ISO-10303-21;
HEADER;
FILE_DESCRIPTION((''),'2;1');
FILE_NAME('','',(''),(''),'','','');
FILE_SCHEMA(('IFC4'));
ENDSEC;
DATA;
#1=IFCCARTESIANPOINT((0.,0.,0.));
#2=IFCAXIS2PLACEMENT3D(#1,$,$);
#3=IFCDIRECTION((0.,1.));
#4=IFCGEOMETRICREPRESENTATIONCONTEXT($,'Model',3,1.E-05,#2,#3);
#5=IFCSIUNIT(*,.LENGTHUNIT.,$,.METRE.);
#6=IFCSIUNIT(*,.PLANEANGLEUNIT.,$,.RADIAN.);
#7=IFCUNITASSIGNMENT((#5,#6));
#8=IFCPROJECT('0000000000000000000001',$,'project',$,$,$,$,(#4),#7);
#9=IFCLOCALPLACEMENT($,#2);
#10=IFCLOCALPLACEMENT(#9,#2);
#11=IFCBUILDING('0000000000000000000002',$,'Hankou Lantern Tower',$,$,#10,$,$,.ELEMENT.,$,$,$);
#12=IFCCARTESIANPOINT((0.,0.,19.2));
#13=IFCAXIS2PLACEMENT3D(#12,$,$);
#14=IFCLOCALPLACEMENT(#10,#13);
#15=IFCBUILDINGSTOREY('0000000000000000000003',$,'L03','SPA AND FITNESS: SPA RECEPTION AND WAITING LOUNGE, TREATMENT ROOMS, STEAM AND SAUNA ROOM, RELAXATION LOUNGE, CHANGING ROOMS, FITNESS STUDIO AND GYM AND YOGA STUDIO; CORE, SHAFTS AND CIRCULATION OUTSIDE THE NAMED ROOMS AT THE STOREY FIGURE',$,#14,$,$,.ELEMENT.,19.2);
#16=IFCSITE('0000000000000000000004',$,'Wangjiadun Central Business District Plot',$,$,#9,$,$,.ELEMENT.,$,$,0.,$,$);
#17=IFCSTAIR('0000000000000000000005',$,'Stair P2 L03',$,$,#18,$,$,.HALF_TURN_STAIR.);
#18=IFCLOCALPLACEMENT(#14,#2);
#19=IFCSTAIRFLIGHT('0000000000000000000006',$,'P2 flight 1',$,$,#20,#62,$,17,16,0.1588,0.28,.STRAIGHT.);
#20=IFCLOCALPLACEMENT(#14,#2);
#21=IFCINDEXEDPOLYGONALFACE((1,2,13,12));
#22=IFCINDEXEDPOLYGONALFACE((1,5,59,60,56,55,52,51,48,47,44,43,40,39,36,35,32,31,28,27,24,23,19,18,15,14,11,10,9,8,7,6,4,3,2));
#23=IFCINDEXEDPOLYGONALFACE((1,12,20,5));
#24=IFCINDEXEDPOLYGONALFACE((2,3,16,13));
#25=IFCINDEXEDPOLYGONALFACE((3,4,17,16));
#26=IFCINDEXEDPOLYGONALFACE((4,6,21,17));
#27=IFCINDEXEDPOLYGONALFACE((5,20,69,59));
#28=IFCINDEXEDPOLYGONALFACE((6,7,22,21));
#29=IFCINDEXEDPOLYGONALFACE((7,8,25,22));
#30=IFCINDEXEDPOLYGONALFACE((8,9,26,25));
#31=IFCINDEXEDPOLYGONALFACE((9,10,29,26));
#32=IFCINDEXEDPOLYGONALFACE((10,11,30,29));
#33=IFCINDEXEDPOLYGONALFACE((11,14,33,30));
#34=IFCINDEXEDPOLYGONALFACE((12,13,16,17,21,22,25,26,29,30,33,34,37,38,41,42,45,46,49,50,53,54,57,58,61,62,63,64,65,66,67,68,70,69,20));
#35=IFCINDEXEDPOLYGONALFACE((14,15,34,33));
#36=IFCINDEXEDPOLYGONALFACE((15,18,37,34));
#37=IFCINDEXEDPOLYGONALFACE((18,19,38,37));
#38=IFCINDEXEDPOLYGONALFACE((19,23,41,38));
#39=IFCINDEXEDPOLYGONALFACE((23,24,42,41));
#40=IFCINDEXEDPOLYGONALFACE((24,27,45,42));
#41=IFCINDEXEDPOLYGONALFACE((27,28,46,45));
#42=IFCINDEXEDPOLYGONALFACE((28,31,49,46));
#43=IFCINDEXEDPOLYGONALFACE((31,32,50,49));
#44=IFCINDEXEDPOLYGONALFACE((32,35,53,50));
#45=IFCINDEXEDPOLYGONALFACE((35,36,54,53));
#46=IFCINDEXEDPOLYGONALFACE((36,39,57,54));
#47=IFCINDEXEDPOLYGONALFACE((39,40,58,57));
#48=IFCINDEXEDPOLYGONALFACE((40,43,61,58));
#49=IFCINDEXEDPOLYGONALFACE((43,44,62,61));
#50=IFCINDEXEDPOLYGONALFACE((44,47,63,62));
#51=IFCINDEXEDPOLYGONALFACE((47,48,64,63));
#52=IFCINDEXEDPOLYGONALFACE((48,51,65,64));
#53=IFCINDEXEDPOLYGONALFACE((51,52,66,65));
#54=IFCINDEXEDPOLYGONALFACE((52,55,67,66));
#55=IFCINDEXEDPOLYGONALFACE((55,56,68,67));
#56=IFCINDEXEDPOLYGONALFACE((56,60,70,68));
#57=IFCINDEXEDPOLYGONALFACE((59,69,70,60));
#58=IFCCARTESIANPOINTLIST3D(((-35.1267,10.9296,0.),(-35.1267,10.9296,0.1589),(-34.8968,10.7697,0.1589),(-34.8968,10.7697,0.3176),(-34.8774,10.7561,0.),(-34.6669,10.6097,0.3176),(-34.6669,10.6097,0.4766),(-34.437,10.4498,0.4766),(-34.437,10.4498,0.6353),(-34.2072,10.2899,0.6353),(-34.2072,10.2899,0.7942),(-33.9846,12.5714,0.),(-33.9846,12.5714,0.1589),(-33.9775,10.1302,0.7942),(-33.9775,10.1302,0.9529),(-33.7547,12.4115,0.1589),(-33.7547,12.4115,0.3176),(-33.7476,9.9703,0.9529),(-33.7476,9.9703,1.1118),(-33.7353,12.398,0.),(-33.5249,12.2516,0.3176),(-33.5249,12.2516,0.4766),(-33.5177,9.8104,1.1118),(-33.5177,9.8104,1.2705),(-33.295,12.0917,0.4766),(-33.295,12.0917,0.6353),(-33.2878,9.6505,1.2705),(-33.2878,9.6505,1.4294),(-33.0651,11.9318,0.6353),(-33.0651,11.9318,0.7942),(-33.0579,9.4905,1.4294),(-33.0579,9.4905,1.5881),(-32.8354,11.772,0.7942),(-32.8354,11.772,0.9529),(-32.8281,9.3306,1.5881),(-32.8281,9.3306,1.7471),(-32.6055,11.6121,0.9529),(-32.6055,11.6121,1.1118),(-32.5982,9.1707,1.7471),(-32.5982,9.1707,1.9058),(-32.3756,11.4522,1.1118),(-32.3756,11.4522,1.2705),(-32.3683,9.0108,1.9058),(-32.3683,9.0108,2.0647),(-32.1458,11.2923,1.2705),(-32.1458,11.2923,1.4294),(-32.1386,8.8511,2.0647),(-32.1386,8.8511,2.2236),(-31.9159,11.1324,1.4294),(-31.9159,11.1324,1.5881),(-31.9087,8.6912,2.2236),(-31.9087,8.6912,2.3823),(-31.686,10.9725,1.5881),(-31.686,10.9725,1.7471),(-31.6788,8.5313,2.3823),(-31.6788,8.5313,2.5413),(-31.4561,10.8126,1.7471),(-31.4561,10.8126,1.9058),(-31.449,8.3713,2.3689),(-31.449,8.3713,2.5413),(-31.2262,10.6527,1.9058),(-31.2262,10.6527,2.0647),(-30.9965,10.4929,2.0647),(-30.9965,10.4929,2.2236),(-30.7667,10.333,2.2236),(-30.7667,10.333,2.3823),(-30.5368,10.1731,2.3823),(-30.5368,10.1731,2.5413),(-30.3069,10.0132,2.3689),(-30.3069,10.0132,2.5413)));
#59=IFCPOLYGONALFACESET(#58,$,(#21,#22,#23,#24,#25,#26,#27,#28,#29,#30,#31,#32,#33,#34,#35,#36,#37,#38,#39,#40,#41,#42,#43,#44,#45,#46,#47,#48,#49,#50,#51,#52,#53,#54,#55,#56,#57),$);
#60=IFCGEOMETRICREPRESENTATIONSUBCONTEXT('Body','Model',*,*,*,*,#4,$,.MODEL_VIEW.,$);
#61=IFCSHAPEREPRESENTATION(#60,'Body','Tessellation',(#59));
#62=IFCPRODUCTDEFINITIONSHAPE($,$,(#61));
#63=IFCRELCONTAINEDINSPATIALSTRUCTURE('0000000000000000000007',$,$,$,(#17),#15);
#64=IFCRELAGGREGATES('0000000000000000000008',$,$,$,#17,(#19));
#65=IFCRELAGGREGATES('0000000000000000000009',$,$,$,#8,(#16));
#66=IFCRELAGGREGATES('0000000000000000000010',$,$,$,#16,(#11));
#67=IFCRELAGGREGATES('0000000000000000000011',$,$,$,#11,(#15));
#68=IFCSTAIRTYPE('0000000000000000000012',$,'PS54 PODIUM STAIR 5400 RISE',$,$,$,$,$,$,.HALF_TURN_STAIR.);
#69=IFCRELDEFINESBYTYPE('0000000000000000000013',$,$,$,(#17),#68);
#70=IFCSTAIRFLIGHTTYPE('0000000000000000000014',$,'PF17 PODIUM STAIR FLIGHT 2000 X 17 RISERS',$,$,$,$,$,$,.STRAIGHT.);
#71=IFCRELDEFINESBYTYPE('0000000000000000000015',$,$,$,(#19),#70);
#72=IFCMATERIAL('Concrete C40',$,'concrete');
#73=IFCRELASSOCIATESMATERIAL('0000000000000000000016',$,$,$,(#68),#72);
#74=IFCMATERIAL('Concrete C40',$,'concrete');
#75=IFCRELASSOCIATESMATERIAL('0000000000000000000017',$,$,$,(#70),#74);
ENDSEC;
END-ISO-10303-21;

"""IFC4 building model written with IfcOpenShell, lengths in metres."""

from ifc_helpers import new_model, si_unit, direction, frame, origin, place, context, subcontext, project, spatial, polyline, outline, extrude, material, type_object, element, aggregate, save


model = new_model("IFC4")

# Units and contexts
model_context = context("Model", 3, precision=1e-05, world=origin(), true_north=direction((0.0, 1.0)))
body_context = subcontext(model_context, "Body", "Model", "MODEL_VIEW")
ifc_project = project(units=[si_unit("LENGTHUNIT", "METRE"), si_unit("PLANEANGLEUNIT", "RADIAN")], contexts=[model_context])

# Site, building, storey
site_placement = place(None, origin())
site = spatial("IfcSite", under=ifc_project, at=site_placement, Name="Wangjiadun Central Business District Plot", CompositionType="ELEMENT", RefElevation=0.0)
building_placement = place(site_placement, origin())
building = spatial("IfcBuilding", under=site, at=building_placement, Name="Hankou Lantern Tower", CompositionType="ELEMENT")
storey_placement = place(building_placement, frame((0.0, 0.0, 19.2)))
storey = spatial("IfcBuildingStorey", under=building, at=storey_placement, Name="L03", Description="SPA AND FITNESS: SPA RECEPTION AND WAITING LOUNGE, TREATMENT ROOMS, STEAM AND SAUNA ROOM, RELAXATION LOUNGE, CHANGING ROOMS, FITNESS STUDIO AND GYM AND YOGA STUDIO; CORE, SHAFTS AND CIRCULATION OUTSIDE THE NAMED ROOMS AT THE STOREY FIGURE", CompositionType="ELEMENT", Elevation=19.2)

# Stair, stair flight
ifc_material_1 = material(Name="Concrete C40", Category="concrete")
stair_type = type_object("IfcStairType", Name="PS54 PODIUM STAIR 5400 RISE", PredefinedType="HALF_TURN_STAIR", material=ifc_material_1)
stair_placement = place(storey_placement, origin())
stair = element("IfcStair", 1, at=stair_placement, inside=storey, type_object=stair_type, Name="Stair P2 L03", PredefinedType="HALF_TURN_STAIR")
ifc_material_2 = material(Name="Concrete C40", Category="concrete")
stair_flight_type = type_object("IfcStairFlightType", Name="PF17 PODIUM STAIR FLIGHT 2000 X 17 RISERS", PredefinedType="STRAIGHT", material=ifc_material_2)
stair_flight_placement = place(storey_placement, frame((-34.5557, 11.7505, 0.0), z_axis=(0.0, 0.0, 1.0), x_axis=(0.820927, -0.571033, 0.0)))
stair_flight = element("IfcStairFlight", 2, at=stair_flight_placement, type_object=stair_flight_type, Name="P2 flight 1", NumberOfRisers=17, NumberOfTreads=16, PredefinedType="STRAIGHT", RiserHeight=0.1588, TreadLength=0.28, context=body_context, shape_type="SweptSolid", body=[
    extrude(outline(polyline([(0.0, 0.0), (0.0, 0.1589), (0.28, 0.1589), (0.28, 0.3176), (0.5601, 0.3176), (0.5601, 0.4766), (0.8401, 0.4766), (0.8401, 0.6353), (1.1201, 0.6353), (1.1201, 0.7942), (1.3999, 0.7942), (1.3999, 0.9529), (1.6799, 0.9529), (1.6799, 1.1118), (1.96, 1.1118), (1.96, 1.2705), (2.24, 1.2705), (2.24, 1.4294), (2.52, 1.4294), (2.52, 1.5881), (2.8, 1.5881), (2.8, 1.7471), (3.0801, 1.7471), (3.0801, 1.9058), (3.3601, 1.9058), (3.3601, 2.0647), (3.6399, 2.0647), (3.6399, 2.2236), (3.9199, 2.2236), (3.9199, 2.3823), (4.2, 2.3823), (4.2, 2.5413), (4.48, 2.5413), (4.48, 2.7), (4.48, 2.3689), (0.3037, 0.0), (0.0, 0.0)])), frame((0.0, 1.0, 0.0), z_axis=(0.0, -1.0, 0.0), x_axis=(1.0, 0.0, 0.0)), (0.0, 0.0, 1.0), 2.0),
])
aggregate(stair, [stair_flight])

save(model, "model.ifc")
